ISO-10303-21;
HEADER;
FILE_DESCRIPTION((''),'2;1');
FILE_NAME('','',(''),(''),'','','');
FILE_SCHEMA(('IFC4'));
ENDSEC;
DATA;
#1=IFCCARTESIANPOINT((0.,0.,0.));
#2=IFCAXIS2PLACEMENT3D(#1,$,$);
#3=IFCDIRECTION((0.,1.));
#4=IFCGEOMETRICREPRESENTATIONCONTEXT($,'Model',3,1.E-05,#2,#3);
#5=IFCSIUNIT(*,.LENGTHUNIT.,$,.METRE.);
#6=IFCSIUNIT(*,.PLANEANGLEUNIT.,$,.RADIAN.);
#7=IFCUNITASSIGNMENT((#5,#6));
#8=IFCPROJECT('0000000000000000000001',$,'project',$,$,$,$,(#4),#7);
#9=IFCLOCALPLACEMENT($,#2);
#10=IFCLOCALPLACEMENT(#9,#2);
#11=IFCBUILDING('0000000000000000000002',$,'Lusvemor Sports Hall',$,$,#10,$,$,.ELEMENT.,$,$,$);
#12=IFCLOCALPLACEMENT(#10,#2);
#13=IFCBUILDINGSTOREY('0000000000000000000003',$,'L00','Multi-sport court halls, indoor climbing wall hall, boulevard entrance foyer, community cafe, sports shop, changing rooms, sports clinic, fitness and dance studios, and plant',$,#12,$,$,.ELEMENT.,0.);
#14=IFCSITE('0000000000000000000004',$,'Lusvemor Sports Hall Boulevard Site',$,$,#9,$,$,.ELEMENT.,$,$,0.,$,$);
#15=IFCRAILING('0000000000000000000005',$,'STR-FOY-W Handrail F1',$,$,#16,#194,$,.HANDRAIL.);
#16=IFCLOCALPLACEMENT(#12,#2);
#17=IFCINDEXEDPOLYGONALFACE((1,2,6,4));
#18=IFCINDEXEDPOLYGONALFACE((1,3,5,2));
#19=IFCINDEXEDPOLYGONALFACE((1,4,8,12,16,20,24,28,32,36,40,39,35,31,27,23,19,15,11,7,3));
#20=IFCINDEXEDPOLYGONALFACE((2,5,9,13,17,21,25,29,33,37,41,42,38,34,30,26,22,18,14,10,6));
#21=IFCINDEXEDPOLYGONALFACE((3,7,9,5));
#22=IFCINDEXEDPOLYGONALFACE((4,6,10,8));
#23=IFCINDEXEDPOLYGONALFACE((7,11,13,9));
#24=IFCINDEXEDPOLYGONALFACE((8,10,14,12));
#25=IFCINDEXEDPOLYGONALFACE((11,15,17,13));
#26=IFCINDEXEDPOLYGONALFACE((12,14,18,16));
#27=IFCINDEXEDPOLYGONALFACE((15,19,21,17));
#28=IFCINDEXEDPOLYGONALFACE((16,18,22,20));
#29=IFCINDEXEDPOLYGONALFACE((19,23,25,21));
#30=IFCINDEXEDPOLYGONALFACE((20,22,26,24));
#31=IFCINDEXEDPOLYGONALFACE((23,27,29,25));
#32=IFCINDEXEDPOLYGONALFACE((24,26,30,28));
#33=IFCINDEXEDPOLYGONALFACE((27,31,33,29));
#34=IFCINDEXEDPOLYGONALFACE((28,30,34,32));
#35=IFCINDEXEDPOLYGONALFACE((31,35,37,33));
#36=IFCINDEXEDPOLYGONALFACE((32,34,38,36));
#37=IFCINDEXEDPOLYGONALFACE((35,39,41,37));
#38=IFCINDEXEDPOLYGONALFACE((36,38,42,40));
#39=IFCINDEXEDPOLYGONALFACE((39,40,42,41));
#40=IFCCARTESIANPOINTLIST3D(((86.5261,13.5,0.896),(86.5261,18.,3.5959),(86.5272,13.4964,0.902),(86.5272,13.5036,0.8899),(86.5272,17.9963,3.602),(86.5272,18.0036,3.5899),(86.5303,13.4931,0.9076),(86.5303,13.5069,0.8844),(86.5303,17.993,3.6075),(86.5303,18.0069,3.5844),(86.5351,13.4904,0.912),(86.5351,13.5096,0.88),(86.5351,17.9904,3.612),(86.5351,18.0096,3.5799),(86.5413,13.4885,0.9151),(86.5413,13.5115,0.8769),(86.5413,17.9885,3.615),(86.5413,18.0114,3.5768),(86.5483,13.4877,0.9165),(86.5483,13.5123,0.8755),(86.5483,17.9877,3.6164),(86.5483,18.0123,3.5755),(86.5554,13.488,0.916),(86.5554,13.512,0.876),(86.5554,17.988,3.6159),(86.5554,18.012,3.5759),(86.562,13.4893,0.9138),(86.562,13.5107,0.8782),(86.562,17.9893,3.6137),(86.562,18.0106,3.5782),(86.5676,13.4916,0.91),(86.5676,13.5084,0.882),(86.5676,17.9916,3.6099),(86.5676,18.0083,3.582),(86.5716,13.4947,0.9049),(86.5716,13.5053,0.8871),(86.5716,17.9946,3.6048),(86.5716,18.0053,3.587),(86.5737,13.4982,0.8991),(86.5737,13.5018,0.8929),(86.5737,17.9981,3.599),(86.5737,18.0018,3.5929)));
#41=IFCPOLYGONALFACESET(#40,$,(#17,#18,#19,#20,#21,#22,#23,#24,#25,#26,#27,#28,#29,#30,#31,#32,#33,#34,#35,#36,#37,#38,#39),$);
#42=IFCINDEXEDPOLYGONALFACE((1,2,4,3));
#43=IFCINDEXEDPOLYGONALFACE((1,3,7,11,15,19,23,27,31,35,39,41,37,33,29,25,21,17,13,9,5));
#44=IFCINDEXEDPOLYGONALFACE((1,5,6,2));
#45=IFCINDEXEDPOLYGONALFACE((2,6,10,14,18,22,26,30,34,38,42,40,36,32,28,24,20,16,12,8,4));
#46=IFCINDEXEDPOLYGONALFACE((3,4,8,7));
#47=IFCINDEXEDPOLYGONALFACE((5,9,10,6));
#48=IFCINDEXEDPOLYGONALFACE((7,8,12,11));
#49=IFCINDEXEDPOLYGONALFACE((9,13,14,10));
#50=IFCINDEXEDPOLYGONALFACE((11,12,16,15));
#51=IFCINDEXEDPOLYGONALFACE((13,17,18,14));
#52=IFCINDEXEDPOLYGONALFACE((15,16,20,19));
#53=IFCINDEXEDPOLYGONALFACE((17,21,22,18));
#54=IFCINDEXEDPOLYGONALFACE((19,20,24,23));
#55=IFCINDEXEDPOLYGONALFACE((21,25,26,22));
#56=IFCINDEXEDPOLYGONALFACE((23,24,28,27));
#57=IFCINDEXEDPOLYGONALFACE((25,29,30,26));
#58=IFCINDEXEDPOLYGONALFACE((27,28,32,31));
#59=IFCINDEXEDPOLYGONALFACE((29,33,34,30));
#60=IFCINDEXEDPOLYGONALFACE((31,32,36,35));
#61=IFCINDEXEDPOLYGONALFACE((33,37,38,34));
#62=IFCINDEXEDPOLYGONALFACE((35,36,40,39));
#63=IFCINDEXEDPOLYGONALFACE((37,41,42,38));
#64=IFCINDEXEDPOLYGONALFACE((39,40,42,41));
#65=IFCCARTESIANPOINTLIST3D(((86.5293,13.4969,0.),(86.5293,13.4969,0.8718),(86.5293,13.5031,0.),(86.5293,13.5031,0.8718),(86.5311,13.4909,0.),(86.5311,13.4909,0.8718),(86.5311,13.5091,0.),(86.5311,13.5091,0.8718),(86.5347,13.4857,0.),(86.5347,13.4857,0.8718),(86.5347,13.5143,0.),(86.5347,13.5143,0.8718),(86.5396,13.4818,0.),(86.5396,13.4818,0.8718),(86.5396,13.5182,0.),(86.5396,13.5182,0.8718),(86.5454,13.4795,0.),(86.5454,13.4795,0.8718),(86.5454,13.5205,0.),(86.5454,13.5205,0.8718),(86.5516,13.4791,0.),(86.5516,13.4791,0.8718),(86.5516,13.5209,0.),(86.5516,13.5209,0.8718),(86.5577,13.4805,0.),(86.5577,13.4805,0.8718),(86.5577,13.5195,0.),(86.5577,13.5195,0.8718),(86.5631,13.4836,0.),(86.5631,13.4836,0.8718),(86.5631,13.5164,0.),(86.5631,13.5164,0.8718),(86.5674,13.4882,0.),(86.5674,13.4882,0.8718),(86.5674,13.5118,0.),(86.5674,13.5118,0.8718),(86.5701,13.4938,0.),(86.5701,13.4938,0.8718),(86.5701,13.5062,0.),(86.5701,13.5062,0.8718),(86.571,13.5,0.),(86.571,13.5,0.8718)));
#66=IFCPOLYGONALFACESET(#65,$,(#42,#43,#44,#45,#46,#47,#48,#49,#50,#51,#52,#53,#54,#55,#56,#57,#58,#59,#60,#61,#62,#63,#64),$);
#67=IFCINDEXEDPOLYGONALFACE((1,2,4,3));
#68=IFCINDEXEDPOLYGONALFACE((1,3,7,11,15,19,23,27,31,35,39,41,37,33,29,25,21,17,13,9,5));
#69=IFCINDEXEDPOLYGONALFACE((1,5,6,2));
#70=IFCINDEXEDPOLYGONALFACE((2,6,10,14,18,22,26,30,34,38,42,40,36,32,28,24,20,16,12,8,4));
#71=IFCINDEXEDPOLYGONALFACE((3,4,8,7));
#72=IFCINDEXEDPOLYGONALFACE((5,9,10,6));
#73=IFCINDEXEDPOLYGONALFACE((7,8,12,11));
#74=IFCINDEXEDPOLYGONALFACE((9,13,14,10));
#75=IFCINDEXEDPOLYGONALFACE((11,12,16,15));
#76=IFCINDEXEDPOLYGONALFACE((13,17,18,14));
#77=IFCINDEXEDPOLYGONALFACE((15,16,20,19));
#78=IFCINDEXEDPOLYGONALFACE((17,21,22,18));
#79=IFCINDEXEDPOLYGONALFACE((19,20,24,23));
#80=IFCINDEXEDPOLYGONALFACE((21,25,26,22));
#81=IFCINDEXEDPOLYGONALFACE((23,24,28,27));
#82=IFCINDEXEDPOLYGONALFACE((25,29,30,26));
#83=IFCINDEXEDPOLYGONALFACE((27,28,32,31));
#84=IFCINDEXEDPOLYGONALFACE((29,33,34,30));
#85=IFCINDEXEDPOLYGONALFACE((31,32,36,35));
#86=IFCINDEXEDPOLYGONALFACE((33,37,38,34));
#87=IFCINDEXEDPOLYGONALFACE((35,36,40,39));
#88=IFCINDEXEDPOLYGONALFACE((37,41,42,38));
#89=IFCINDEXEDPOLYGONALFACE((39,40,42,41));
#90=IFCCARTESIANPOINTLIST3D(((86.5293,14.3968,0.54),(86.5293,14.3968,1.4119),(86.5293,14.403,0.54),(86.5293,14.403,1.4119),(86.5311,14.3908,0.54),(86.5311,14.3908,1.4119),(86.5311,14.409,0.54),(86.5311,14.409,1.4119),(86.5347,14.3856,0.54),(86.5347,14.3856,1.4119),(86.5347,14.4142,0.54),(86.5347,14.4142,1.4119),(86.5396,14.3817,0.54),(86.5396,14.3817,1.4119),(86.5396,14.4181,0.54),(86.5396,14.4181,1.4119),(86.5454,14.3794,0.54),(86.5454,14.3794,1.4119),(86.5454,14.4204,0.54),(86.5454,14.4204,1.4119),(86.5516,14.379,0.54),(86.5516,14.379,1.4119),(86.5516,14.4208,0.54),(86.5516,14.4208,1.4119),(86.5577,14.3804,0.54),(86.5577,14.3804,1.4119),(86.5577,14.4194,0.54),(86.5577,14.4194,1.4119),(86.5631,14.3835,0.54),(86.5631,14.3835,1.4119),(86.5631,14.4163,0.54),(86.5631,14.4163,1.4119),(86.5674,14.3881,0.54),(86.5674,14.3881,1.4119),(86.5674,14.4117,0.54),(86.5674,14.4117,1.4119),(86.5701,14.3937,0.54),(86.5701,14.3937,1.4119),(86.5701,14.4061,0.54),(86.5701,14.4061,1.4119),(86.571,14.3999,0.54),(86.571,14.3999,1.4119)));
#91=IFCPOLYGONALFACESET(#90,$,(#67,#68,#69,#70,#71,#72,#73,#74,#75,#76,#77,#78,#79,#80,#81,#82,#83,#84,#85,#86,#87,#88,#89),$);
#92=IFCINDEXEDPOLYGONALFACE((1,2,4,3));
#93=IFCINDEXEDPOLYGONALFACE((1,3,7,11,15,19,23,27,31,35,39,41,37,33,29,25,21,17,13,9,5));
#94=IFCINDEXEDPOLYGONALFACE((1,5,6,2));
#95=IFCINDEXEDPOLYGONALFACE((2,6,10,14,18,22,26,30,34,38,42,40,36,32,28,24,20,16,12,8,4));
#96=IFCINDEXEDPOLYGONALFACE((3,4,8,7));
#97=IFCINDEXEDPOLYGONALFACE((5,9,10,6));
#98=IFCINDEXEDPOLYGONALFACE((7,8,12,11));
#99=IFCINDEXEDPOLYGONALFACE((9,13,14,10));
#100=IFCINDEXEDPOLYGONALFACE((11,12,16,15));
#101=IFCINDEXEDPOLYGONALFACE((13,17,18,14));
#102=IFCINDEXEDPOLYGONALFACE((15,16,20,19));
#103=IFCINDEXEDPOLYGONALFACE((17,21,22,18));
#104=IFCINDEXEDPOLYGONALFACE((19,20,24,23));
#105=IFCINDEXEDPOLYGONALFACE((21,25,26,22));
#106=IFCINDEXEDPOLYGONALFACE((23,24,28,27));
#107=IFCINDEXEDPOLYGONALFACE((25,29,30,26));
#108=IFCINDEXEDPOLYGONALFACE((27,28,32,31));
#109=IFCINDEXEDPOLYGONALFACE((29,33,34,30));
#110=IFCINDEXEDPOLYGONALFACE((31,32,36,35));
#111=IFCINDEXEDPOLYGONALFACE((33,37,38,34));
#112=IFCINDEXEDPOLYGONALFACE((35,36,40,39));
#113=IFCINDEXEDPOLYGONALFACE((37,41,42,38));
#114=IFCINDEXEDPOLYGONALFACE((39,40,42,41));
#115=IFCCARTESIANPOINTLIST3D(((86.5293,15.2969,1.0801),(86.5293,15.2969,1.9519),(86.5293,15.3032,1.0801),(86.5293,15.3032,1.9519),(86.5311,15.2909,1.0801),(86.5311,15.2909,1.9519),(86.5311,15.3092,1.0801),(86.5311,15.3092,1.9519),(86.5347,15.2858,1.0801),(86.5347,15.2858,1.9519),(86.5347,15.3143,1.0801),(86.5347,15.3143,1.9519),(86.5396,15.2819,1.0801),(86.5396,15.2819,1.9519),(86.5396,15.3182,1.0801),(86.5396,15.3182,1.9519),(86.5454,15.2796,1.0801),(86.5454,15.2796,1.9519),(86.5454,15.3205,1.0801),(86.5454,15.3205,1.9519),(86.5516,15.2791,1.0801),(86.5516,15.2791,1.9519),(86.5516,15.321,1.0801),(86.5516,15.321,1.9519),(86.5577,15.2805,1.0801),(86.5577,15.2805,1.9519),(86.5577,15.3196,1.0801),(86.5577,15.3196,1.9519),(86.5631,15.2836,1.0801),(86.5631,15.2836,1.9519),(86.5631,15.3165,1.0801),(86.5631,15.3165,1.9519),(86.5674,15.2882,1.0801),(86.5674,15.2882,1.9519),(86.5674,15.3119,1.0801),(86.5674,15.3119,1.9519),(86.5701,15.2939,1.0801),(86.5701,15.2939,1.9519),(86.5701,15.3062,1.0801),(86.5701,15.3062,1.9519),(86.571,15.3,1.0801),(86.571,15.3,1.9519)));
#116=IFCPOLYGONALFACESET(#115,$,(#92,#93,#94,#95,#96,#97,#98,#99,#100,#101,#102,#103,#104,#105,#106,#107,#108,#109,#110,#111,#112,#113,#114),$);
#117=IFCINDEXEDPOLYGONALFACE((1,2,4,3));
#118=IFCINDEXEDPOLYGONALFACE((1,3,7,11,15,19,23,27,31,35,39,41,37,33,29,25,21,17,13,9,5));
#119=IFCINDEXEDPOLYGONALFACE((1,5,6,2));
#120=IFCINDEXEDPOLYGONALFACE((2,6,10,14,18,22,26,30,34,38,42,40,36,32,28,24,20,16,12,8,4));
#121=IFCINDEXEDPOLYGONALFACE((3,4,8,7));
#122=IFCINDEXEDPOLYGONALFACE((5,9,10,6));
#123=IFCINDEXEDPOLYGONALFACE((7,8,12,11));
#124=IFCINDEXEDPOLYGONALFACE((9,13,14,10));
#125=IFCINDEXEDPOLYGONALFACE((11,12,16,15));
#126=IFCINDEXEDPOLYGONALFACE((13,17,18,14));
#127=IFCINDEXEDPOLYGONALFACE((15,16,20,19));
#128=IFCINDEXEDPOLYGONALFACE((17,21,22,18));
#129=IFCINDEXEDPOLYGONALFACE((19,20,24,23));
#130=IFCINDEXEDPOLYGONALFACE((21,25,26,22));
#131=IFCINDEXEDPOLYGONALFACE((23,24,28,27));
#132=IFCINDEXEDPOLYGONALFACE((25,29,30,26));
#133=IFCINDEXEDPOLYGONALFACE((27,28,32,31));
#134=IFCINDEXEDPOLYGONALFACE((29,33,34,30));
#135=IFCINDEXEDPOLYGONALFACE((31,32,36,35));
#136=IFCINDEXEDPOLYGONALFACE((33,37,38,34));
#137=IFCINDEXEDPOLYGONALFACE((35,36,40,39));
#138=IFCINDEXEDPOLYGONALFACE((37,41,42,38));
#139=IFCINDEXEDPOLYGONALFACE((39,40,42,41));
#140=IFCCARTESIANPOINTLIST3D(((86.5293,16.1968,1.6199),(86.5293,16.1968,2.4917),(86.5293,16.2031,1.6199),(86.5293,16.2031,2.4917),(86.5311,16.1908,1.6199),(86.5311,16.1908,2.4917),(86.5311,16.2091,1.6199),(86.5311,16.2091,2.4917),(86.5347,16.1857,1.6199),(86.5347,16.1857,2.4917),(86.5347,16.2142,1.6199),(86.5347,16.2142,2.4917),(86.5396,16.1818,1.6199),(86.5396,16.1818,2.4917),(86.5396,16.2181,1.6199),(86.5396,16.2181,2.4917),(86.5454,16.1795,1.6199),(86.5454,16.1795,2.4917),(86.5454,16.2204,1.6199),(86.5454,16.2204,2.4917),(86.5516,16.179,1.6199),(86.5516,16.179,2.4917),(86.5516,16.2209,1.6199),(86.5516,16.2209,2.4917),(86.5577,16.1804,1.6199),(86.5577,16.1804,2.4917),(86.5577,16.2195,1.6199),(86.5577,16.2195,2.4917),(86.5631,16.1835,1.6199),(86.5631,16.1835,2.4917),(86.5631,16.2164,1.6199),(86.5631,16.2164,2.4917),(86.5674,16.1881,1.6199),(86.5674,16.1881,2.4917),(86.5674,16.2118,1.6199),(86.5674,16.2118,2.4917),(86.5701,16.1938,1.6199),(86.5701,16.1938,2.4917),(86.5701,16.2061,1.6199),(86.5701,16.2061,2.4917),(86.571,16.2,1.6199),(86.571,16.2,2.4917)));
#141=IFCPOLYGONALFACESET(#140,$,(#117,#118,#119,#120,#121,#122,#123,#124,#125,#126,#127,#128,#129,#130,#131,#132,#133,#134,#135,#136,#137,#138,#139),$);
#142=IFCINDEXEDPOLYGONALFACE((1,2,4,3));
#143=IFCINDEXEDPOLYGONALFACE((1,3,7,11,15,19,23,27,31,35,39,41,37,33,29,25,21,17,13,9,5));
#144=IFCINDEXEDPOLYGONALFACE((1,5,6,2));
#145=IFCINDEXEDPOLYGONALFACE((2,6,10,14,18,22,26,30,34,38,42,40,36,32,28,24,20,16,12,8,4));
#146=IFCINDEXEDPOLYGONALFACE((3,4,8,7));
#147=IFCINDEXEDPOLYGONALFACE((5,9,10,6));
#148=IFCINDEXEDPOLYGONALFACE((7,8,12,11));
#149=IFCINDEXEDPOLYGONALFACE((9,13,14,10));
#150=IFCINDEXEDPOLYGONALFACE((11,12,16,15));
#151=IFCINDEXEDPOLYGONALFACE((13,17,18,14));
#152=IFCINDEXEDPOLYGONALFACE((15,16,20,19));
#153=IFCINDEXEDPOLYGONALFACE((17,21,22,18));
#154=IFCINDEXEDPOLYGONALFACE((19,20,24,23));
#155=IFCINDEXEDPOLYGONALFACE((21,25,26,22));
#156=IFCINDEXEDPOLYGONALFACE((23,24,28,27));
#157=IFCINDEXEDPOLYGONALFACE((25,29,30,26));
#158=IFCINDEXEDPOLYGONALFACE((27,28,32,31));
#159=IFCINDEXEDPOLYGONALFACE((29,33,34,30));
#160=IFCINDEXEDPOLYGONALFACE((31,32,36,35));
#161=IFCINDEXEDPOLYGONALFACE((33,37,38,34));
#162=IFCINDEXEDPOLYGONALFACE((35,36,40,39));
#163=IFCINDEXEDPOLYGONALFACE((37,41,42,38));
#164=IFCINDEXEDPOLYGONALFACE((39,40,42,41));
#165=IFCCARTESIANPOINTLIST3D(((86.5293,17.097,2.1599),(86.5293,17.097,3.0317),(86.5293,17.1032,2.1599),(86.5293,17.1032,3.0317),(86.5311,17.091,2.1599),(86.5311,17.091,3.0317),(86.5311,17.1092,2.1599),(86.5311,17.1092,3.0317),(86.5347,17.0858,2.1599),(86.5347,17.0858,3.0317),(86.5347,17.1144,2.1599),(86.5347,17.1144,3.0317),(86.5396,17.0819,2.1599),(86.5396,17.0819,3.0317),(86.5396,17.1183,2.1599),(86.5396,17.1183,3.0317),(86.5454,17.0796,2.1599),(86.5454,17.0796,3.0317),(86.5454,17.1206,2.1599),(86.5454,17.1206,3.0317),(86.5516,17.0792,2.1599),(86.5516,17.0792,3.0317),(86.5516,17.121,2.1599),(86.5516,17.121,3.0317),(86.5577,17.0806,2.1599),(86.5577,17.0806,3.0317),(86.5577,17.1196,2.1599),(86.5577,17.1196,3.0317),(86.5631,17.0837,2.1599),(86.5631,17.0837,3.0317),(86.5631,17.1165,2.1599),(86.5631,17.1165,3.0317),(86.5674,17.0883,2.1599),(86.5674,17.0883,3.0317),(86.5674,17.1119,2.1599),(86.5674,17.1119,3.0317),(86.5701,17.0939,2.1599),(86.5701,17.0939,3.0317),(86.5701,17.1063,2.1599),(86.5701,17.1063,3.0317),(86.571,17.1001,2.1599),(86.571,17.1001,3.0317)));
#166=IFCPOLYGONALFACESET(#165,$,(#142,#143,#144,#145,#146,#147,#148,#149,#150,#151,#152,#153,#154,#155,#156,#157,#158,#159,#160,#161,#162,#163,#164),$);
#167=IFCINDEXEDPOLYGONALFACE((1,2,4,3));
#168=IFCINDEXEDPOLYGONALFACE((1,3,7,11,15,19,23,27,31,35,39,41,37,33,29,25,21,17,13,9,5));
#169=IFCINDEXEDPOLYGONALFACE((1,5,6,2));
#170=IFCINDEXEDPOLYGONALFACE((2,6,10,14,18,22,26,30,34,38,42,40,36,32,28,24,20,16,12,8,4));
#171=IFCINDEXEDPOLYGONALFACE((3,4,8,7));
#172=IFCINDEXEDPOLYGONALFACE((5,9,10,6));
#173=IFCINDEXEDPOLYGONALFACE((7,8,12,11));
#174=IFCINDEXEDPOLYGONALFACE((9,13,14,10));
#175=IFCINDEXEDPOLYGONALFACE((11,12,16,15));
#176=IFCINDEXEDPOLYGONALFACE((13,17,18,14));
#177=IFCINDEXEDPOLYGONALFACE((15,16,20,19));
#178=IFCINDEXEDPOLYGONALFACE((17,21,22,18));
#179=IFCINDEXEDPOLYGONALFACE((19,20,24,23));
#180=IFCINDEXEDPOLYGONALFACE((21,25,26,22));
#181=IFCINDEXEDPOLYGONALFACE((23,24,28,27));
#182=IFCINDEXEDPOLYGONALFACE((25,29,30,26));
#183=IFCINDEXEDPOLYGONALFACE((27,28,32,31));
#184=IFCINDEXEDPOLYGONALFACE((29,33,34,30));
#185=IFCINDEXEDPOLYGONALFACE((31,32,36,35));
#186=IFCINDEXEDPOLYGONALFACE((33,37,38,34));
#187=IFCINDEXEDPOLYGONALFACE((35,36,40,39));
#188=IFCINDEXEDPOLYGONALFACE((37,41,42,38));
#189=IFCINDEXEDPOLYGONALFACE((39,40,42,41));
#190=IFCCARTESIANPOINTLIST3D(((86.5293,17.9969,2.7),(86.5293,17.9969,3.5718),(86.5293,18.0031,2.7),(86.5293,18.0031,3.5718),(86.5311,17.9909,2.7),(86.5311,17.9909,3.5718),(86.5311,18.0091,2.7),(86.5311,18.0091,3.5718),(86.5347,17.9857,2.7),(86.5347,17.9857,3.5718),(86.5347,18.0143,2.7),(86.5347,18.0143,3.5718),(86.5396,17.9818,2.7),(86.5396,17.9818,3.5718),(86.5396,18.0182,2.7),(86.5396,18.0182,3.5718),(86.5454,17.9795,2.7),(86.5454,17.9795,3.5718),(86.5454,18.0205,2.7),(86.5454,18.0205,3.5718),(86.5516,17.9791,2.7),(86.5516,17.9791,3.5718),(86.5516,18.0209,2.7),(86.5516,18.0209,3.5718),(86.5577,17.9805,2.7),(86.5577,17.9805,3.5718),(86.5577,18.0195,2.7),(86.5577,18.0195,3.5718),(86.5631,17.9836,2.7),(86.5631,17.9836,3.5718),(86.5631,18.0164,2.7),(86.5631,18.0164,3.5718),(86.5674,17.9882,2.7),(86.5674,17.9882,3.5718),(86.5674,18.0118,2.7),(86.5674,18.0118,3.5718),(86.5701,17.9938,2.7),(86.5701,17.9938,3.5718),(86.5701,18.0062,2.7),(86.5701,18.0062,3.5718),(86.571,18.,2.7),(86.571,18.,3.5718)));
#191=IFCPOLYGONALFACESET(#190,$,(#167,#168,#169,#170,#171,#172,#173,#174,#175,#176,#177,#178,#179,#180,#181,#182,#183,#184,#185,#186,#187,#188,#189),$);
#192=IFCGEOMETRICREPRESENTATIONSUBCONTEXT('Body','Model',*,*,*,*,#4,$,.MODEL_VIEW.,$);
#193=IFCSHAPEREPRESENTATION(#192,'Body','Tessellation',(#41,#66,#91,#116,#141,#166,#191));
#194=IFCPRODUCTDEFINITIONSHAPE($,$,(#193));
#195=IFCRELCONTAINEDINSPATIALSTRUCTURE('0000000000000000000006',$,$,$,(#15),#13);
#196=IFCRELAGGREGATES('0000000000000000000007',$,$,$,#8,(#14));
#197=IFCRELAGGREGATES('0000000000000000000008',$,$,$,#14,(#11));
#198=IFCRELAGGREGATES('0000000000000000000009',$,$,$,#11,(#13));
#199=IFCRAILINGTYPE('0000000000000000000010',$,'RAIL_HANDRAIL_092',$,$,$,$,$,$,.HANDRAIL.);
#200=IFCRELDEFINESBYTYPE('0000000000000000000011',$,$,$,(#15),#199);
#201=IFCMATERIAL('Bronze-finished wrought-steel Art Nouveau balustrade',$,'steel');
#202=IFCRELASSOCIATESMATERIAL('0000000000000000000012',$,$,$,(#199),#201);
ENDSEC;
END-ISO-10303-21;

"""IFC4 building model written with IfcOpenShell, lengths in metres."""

from ifc_helpers import new_model, si_unit, direction, frame, origin, origin_2d, place, context, subcontext, project, spatial, circle, extrude, material, type_object, element, save


model = new_model("IFC4")

# Units and contexts
model_context = context("Model", 3, precision=1e-05, world=origin(), true_north=direction((0.0, 1.0)))
body_context = subcontext(model_context, "Body", "Model", "MODEL_VIEW")
ifc_project = project(units=[si_unit("LENGTHUNIT", "METRE"), si_unit("PLANEANGLEUNIT", "RADIAN")], contexts=[model_context])

# Site, building, storey
site_placement = place(None, origin())
site = spatial("IfcSite", under=ifc_project, at=site_placement, Name="Lusvemor Sports Hall Boulevard Site", CompositionType="ELEMENT", RefElevation=0.0)
building_placement = place(site_placement, origin())
building = spatial("IfcBuilding", under=site, at=building_placement, Name="Lusvemor Sports Hall", CompositionType="ELEMENT")
storey_placement = place(building_placement, origin())
storey = spatial("IfcBuildingStorey", under=building, at=storey_placement, Name="L00", Description="Multi-sport court halls, indoor climbing wall hall, boulevard entrance foyer, community cafe, sports shop, changing rooms, sports clinic, fitness and dance studios, and plant", CompositionType="ELEMENT", Elevation=0.0)

# Railing
ifc_material_1 = material(Name="Bronze-finished wrought-steel Art Nouveau balustrade", Category="steel")
railing_type = type_object("IfcRailingType", Name="RAIL_HANDRAIL_092", PredefinedType="HANDRAIL", material=ifc_material_1)
railing_placement = place(storey_placement, frame((86.55, 13.5, 0.0)))
element("IfcRailing", 1, at=railing_placement, inside=storey, type_object=railing_type, Name="STR-FOY-W Handrail F1", PredefinedType="HANDRAIL", context=body_context, shape_type="SweptSolid", body=[
    extrude(circle(Radius=0.0239, at=origin_2d()), frame((0.0, 0.0, 0.896), z_axis=(0.0, 0.857497, 0.514489), x_axis=(-1.0, 0.0, 0.0)), (0.0, 0.0, 1.0), 5.2478),
    extrude(circle(Radius=0.021, at=origin_2d()), origin(), (0.0, 0.0, 1.0), 0.8718),
    extrude(circle(Radius=0.021, at=origin_2d()), frame((0.0, 0.8999, 0.54)), (0.0, 0.0, 1.0), 0.8718),
    extrude(circle(Radius=0.021, at=origin_2d()), frame((0.0, 1.8, 1.0801)), (0.0, 0.0, 1.0), 0.8718),
    extrude(circle(Radius=0.021, at=origin_2d()), frame((0.0, 2.7, 1.6199)), (0.0, 0.0, 1.0), 0.8718),
    extrude(circle(Radius=0.021, at=origin_2d()), frame((0.0, 3.6001, 2.1599)), (0.0, 0.0, 1.0), 0.8718),
    extrude(circle(Radius=0.021, at=origin_2d()), frame((0.0, 4.5, 2.7)), (0.0, 0.0, 1.0), 0.8718),
])

save(model, "model.ifc")
